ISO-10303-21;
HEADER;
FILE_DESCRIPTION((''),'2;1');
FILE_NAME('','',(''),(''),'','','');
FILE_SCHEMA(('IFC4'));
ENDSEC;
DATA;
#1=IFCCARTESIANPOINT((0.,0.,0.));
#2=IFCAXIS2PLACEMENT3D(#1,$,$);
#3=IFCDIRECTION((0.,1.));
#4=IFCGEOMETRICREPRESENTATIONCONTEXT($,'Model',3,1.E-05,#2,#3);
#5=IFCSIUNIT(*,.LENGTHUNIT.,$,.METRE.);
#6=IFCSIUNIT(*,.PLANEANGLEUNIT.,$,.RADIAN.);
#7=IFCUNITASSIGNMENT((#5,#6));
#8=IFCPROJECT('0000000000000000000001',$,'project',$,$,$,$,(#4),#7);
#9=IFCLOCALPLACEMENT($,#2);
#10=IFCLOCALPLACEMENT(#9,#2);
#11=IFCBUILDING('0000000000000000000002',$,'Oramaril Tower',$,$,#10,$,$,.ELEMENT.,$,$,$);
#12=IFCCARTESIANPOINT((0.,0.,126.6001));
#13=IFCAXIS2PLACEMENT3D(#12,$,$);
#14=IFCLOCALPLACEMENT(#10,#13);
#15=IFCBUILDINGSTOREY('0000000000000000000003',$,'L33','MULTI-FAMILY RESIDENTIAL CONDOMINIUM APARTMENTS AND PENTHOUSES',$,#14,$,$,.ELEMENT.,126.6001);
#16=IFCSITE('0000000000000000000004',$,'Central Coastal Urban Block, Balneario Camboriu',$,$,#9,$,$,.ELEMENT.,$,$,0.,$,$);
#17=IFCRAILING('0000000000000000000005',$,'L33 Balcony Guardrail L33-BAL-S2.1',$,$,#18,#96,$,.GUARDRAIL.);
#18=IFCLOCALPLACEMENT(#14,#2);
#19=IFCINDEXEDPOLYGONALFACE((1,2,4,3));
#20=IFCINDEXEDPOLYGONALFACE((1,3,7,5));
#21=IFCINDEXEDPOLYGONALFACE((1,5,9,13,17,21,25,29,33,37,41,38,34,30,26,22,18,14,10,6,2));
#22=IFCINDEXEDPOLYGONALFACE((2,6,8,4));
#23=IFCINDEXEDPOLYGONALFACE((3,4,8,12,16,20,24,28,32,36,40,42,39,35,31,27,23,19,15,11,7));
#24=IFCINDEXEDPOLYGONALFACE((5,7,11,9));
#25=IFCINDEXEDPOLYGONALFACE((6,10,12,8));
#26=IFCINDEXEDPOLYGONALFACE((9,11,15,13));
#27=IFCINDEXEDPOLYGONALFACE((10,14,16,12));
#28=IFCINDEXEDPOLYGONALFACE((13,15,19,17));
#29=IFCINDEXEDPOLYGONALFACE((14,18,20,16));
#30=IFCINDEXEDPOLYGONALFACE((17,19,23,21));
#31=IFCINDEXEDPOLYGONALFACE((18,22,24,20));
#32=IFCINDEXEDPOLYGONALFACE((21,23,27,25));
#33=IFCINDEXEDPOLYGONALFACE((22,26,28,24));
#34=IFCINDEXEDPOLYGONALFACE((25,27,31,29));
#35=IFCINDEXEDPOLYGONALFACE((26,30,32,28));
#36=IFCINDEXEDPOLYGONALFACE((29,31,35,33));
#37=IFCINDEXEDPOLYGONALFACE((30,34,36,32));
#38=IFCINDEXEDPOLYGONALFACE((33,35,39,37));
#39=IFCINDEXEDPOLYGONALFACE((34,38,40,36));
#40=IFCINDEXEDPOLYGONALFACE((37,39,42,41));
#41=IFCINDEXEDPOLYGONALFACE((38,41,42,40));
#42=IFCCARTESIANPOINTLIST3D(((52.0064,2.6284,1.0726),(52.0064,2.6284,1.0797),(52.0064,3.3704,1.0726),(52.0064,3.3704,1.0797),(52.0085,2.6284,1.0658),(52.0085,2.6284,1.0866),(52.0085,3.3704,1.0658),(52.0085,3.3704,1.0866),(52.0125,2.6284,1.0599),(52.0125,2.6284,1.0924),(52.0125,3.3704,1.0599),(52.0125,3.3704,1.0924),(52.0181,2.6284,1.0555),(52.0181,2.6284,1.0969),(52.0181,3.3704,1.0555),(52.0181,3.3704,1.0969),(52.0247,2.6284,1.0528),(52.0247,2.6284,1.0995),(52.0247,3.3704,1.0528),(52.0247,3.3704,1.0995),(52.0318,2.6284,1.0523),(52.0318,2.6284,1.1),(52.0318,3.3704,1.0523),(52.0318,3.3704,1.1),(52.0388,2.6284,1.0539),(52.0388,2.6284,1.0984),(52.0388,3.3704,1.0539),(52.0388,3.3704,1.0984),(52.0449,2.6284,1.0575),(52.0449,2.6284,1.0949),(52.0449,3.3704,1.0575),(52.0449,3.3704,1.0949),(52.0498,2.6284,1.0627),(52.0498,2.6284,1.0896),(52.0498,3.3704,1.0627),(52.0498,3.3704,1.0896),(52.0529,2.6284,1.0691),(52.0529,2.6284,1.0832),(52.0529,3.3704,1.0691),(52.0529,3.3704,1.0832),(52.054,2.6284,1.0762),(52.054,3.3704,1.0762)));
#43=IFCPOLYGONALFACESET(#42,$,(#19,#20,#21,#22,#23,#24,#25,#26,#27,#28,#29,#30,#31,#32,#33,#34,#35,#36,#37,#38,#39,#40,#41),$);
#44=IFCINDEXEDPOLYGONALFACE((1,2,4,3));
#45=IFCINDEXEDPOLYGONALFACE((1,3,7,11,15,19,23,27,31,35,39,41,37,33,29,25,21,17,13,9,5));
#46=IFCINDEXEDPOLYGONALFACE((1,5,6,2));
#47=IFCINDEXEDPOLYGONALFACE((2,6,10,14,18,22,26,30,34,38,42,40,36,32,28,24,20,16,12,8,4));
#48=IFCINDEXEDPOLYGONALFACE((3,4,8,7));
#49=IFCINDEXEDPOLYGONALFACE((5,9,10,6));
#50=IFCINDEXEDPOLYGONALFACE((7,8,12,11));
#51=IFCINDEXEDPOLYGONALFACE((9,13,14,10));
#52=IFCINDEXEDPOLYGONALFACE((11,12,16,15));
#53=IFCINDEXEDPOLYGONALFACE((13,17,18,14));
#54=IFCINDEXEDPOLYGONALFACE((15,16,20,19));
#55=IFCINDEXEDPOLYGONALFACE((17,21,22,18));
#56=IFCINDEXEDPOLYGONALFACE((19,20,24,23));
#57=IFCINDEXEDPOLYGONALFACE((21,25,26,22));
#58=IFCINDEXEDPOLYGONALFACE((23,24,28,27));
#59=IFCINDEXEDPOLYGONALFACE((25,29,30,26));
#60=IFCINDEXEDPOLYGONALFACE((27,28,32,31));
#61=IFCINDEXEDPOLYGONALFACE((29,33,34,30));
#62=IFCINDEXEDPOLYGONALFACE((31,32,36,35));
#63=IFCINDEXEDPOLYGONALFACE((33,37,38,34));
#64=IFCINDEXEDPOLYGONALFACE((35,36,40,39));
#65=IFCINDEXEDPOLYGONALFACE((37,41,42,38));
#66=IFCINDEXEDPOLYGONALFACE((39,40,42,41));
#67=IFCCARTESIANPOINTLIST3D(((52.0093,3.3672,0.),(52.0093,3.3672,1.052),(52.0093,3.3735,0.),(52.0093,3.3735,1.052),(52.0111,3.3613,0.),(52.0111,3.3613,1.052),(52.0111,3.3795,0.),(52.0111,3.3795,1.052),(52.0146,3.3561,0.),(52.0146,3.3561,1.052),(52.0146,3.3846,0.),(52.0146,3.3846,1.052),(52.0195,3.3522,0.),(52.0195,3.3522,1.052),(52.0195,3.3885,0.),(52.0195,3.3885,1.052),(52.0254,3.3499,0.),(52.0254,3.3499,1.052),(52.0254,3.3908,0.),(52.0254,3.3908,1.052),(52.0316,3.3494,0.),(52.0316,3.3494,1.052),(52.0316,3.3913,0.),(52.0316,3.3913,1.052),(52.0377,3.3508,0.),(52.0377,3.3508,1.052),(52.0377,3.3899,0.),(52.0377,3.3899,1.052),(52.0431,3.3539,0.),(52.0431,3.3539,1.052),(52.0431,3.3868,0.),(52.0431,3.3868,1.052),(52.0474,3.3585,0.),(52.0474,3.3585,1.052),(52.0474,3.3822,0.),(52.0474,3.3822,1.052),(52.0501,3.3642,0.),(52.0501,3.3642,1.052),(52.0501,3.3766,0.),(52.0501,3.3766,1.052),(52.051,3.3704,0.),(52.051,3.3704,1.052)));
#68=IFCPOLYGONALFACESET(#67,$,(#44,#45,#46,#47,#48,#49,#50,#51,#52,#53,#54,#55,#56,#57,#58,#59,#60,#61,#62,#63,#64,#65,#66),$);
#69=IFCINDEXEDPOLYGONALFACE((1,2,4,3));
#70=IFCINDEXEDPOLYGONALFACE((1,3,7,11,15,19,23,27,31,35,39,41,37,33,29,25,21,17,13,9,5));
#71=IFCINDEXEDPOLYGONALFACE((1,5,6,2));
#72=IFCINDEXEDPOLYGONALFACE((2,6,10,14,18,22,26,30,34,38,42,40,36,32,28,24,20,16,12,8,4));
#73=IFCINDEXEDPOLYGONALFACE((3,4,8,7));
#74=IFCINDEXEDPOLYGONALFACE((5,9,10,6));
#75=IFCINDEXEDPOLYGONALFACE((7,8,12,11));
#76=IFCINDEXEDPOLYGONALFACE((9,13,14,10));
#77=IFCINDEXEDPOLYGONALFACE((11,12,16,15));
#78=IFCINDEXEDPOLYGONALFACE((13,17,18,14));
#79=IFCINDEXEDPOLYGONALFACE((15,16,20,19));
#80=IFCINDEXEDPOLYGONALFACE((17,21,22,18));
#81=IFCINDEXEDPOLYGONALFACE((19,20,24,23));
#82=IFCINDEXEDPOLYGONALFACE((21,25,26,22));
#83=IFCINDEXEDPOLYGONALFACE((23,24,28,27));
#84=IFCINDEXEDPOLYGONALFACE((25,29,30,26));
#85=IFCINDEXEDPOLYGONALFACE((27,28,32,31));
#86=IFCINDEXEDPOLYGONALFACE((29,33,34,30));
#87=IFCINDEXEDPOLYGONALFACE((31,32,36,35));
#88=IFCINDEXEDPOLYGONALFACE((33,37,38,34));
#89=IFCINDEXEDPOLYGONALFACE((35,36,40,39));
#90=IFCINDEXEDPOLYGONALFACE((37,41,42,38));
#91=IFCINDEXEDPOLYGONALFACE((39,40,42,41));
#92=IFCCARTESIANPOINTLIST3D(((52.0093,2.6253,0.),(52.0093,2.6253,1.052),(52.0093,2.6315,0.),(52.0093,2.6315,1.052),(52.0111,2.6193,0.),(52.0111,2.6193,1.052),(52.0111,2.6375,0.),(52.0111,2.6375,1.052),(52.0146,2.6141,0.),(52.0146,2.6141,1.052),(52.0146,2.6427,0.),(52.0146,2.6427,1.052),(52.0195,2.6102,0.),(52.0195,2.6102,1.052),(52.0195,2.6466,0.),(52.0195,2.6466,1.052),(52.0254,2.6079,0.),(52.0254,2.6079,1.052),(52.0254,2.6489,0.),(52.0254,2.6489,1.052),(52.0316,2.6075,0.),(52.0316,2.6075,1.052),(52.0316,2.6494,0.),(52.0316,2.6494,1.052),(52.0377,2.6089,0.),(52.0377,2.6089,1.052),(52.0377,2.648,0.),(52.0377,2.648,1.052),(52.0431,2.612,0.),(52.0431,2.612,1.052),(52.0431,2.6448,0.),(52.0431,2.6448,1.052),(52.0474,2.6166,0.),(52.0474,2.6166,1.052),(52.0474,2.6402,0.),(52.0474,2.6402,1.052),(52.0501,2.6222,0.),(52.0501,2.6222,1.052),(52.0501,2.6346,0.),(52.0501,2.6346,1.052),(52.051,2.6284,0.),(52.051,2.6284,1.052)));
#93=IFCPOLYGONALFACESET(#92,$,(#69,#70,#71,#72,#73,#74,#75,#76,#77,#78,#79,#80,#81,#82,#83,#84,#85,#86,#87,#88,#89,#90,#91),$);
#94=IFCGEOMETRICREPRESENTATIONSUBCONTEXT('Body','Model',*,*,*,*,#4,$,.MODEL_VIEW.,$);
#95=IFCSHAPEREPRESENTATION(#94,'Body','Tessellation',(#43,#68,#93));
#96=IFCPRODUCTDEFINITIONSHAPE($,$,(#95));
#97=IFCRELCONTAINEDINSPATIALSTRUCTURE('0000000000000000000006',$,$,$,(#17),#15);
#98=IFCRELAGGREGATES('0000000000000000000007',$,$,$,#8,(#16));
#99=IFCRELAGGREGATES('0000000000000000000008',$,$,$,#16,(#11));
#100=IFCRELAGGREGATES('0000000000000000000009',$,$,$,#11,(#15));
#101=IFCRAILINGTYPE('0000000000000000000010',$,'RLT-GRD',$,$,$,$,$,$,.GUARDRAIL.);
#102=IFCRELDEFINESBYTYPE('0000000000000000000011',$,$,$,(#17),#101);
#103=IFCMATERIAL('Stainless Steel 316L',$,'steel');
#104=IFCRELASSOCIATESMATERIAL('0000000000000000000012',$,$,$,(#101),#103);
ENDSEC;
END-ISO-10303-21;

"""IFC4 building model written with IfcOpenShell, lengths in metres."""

from ifc_helpers import new_model, si_unit, direction, frame, origin, origin_2d, place, context, subcontext, project, spatial, circle, extrude, material, type_object, element, save


model = new_model("IFC4")

# Units and contexts
model_context = context("Model", 3, precision=1e-05, world=origin(), true_north=direction((0.0, 1.0)))
body_context = subcontext(model_context, "Body", "Model", "MODEL_VIEW")
ifc_project = project(units=[si_unit("LENGTHUNIT", "METRE"), si_unit("PLANEANGLEUNIT", "RADIAN")], contexts=[model_context])

# Site, building, storey
site_placement = place(None, origin())
site = spatial("IfcSite", under=ifc_project, at=site_placement, Name="Central Coastal Urban Block, Balneario Camboriu", CompositionType="ELEMENT", RefElevation=0.0)
building_placement = place(site_placement, origin())
building = spatial("IfcBuilding", under=site, at=building_placement, Name="Oramaril Tower", CompositionType="ELEMENT")
storey_placement = place(building_placement, frame((0.0, 0.0, 126.6001)))
storey = spatial("IfcBuildingStorey", under=building, at=storey_placement, Name="L33", Description="MULTI-FAMILY RESIDENTIAL CONDOMINIUM APARTMENTS AND PENTHOUSES", CompositionType="ELEMENT", Elevation=126.6001)

# Railing
ifc_material_1 = material(Name="Stainless Steel 316L", Category="steel")
railing_type = type_object("IfcRailingType", Name="RLT-GRD", PredefinedType="GUARDRAIL", material=ifc_material_1)
railing_1_placement = place(storey_placement, frame((52.03, 3.3704, 0.0)))
element("IfcRailing", 1, at=railing_1_placement, inside=storey, type_object=railing_type, Name="L33 Balcony Guardrail L33-BAL-S2.1", PredefinedType="GUARDRAIL", context=body_context, shape_type="SweptSolid", body=[
    extrude(circle(Radius=0.0239, at=origin_2d()), frame((0.0, 0.0, 1.0762), z_axis=(0.0, -1.0, 0.0), x_axis=(1.0, 0.0, 0.0)), (0.0, 0.0, 1.0), 0.7419),
    extrude(circle(Radius=0.021, at=origin_2d()), origin(), (0.0, 0.0, 1.0), 1.052),
    extrude(circle(Radius=0.021, at=origin_2d()), frame((0.0, -0.7419, 0.0)), (0.0, 0.0, 1.0), 1.052),
])

save(model, "model.ifc")
